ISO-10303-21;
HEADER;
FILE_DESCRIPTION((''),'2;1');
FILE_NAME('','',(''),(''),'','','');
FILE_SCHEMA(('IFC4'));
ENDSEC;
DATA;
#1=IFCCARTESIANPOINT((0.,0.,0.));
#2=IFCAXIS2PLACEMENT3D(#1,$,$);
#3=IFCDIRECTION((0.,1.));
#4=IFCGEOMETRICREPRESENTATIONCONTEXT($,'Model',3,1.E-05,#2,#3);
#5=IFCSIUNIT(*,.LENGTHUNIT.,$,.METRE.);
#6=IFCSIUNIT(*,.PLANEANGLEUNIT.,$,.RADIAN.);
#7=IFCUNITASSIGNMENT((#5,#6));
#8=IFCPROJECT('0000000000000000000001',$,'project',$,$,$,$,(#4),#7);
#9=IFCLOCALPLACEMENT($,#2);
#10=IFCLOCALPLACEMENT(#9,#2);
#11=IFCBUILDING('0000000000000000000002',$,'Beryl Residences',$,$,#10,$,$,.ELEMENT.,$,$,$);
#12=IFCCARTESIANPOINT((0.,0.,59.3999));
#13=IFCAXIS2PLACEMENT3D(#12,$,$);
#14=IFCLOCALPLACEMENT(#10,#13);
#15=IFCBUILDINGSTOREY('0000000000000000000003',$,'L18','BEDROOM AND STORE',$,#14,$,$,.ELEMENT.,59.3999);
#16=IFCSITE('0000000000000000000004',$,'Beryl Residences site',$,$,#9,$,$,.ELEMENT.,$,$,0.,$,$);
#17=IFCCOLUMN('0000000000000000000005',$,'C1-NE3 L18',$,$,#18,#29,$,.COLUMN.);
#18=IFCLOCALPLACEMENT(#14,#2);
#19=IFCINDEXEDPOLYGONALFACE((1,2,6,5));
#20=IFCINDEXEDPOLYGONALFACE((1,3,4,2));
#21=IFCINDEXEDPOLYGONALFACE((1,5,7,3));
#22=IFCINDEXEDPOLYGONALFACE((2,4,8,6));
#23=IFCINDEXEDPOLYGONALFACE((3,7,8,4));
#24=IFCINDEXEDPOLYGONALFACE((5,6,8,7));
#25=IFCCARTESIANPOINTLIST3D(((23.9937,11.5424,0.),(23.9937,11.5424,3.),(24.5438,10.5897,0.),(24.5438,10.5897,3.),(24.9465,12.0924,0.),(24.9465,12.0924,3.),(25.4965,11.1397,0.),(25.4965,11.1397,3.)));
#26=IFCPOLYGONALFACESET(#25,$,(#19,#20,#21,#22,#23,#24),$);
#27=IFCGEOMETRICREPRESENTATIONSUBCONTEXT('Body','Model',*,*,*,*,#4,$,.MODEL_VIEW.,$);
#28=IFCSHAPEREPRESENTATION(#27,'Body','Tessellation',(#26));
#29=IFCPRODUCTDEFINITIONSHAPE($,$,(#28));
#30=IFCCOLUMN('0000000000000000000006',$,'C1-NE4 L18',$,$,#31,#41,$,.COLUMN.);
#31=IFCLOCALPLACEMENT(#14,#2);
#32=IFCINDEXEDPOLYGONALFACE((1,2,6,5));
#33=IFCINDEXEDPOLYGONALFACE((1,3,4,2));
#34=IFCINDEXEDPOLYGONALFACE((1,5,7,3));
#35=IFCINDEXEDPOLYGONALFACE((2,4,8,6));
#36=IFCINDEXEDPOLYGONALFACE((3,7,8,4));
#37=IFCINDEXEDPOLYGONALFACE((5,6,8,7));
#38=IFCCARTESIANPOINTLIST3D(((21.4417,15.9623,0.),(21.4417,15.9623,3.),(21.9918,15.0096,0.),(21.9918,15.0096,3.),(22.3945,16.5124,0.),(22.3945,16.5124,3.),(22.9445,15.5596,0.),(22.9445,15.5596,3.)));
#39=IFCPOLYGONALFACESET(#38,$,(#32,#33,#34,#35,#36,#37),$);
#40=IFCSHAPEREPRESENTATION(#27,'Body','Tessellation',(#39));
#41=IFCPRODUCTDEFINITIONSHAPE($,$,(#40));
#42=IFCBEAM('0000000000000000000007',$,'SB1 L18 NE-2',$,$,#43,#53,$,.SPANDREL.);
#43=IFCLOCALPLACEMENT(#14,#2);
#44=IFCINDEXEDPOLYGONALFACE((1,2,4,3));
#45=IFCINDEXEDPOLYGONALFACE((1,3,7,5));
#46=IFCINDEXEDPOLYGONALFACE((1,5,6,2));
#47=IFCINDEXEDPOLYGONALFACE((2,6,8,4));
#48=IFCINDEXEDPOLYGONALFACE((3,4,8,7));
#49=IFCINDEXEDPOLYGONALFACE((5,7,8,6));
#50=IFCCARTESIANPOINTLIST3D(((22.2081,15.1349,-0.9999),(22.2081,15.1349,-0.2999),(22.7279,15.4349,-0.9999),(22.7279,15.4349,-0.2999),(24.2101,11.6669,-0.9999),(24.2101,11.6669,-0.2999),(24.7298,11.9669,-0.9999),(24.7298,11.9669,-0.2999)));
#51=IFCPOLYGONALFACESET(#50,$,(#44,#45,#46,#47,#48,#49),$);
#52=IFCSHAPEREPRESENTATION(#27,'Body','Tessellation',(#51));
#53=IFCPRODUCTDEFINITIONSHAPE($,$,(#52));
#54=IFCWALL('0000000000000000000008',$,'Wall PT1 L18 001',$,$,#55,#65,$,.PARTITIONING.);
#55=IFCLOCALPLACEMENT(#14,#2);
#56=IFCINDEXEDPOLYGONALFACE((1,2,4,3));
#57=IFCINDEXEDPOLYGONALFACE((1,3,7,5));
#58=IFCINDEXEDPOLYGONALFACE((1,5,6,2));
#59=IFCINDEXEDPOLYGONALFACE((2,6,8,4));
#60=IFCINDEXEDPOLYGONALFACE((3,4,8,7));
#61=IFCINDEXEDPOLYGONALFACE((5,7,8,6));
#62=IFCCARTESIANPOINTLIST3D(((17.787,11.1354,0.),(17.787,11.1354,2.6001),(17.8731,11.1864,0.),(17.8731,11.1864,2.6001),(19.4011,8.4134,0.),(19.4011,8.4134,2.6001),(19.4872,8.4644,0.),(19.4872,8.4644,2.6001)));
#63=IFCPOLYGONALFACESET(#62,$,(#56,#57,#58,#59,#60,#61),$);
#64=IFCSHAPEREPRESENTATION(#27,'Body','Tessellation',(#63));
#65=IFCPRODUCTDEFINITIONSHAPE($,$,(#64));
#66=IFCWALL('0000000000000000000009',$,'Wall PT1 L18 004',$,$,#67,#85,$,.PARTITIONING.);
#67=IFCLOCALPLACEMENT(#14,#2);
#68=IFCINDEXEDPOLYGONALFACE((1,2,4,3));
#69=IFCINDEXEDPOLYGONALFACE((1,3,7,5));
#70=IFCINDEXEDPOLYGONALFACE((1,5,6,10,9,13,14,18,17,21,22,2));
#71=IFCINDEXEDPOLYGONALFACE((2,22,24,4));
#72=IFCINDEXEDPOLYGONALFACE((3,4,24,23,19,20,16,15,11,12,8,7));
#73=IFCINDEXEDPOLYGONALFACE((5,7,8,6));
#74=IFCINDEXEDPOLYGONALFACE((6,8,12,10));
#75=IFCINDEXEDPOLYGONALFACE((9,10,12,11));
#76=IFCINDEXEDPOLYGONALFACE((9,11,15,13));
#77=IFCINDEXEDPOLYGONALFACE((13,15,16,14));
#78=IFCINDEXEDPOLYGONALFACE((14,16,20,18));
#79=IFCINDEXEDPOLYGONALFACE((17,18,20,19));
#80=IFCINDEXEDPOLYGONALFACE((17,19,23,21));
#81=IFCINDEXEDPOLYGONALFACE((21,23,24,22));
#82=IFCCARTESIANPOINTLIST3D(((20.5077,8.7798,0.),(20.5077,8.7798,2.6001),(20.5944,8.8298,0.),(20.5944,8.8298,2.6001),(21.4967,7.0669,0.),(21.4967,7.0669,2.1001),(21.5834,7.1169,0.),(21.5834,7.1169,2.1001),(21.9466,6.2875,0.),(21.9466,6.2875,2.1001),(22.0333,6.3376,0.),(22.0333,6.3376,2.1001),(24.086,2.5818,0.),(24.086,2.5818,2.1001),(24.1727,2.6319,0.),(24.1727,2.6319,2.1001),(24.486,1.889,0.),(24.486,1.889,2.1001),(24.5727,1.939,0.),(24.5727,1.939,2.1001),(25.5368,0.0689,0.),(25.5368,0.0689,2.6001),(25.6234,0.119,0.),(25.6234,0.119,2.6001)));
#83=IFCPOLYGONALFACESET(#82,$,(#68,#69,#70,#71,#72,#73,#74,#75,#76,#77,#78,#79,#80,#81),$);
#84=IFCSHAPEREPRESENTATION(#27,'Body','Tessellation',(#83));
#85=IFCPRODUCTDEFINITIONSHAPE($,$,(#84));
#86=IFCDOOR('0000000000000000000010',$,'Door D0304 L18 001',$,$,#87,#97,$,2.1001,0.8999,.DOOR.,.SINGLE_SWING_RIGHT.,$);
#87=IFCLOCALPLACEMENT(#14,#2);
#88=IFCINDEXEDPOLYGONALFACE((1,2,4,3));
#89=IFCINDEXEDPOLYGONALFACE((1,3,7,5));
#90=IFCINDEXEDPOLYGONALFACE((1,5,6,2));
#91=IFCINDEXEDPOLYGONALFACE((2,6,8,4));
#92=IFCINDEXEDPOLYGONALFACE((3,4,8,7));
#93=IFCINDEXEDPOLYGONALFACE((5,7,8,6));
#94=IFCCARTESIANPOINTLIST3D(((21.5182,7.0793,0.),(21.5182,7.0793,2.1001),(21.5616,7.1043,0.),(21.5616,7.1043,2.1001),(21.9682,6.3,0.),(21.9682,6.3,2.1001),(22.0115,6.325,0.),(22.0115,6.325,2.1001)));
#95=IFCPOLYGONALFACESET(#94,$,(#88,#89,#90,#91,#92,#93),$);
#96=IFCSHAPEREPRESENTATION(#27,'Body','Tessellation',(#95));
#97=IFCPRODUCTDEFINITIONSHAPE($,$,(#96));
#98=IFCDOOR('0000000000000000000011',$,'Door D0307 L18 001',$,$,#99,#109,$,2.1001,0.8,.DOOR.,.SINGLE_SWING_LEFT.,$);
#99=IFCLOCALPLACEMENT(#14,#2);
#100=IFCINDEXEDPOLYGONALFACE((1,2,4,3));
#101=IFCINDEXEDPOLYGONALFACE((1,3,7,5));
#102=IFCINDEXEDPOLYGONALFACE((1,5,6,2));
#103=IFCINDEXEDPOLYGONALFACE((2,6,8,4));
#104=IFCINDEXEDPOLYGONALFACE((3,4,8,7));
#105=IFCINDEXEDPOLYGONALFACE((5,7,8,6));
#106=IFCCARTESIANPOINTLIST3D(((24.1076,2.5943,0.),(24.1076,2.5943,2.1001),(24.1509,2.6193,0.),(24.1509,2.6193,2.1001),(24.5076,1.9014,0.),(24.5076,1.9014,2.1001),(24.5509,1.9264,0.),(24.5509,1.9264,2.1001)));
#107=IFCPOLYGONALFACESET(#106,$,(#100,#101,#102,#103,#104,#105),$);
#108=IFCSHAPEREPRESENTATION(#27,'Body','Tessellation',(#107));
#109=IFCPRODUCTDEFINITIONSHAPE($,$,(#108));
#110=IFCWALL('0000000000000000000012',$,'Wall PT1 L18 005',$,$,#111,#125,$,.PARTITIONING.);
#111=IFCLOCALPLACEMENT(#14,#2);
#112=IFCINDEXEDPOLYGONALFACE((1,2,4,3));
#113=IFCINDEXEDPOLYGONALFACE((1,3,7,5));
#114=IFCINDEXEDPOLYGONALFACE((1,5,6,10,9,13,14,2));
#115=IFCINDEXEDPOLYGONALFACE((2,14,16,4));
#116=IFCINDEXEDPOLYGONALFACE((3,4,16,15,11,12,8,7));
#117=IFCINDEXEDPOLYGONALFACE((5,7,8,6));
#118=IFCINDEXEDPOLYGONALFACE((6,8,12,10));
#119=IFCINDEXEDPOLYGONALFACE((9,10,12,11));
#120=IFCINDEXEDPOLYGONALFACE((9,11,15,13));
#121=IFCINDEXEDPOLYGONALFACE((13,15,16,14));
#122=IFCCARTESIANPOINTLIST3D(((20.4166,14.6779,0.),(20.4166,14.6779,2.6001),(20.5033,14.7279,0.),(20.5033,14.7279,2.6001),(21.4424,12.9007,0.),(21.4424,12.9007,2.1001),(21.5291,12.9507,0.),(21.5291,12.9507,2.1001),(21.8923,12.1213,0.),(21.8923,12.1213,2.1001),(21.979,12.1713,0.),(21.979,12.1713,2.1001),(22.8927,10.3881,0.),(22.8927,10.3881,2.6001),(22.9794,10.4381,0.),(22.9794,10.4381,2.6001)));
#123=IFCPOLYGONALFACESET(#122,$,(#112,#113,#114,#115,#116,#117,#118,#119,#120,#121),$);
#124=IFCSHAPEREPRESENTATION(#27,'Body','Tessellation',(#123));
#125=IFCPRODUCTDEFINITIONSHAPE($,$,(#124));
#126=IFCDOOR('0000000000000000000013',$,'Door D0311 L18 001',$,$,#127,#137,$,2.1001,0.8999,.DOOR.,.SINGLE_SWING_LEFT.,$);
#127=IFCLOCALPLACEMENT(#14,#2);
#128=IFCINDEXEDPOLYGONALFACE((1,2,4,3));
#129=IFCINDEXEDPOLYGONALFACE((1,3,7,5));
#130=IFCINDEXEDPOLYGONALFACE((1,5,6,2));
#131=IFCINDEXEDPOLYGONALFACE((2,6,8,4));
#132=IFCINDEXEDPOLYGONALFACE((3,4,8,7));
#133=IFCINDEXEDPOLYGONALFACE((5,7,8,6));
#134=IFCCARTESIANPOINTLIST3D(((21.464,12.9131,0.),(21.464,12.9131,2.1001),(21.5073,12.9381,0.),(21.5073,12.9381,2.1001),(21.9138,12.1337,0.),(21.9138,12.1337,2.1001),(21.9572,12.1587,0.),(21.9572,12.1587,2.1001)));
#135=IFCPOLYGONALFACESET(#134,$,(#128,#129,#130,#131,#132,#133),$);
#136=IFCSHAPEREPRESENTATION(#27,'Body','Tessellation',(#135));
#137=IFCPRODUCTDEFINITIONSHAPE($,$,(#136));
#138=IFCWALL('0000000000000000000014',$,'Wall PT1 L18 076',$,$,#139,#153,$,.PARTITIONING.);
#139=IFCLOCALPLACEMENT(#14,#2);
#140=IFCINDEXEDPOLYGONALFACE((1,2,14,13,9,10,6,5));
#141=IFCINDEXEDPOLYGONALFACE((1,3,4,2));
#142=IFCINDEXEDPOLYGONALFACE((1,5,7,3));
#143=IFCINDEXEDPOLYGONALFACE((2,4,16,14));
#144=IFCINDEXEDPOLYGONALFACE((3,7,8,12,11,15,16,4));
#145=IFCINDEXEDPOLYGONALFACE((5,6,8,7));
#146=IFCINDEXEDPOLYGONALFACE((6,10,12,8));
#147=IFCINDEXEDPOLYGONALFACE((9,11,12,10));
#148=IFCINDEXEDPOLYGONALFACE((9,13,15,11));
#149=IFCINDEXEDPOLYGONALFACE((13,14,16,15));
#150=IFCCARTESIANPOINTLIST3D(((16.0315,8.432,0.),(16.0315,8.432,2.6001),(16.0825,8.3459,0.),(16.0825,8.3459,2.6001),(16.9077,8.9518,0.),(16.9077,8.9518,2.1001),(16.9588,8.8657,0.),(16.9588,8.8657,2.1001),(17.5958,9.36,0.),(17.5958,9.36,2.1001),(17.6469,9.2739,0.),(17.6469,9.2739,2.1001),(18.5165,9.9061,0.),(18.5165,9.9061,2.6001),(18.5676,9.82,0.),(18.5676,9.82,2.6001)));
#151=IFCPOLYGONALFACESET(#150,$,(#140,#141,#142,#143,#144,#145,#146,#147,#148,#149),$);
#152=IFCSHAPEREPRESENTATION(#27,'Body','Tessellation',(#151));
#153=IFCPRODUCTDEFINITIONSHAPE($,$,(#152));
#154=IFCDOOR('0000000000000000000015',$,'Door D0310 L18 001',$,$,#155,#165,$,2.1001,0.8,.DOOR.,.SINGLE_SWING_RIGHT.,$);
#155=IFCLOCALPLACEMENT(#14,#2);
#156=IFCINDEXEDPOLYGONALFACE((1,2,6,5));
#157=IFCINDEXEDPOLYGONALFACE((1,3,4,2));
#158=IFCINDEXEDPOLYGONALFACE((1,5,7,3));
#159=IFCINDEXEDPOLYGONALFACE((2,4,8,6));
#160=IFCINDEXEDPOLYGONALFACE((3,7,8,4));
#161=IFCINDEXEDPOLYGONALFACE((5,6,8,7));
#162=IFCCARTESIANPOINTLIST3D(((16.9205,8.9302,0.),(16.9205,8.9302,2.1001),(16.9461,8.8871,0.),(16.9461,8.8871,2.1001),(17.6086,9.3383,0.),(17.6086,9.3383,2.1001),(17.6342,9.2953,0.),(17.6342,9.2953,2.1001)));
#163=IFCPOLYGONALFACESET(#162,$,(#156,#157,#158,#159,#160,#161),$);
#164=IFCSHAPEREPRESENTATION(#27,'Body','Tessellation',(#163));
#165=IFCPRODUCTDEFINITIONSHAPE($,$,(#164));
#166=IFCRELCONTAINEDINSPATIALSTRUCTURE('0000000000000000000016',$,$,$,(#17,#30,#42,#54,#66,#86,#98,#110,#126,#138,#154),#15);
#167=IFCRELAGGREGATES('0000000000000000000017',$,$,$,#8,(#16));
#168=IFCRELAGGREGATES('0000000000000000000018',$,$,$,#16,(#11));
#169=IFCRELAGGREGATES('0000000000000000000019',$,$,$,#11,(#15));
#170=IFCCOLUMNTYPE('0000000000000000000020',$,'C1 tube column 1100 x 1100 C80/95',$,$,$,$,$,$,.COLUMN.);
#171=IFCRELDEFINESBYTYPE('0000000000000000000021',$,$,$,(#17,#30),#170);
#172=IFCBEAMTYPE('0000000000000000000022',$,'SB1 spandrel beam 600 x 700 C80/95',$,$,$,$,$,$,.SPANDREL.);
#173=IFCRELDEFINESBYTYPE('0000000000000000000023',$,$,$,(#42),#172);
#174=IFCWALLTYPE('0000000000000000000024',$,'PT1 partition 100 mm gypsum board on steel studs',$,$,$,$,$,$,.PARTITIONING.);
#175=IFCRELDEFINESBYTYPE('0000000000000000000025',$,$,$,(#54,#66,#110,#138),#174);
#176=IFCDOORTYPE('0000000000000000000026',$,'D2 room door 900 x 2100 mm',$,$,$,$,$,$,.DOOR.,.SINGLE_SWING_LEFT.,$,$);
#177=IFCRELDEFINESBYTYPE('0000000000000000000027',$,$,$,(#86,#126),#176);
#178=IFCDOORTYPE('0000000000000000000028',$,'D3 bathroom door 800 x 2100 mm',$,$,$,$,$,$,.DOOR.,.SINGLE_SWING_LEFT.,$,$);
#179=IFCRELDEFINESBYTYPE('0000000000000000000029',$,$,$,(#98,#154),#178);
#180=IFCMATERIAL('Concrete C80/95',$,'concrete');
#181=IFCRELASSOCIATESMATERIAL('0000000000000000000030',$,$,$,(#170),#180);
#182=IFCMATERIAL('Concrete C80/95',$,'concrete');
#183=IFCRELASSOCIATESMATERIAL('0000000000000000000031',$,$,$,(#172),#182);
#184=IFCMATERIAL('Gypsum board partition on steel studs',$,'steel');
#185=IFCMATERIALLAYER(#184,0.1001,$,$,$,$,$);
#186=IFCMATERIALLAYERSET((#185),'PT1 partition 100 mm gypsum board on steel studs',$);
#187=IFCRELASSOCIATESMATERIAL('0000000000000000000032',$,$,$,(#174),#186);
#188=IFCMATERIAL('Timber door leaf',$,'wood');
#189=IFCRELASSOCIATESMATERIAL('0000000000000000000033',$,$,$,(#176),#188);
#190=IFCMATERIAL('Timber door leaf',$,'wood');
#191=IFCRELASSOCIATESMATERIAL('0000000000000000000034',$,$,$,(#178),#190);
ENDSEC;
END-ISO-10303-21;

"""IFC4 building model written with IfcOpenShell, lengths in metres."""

from ifc_helpers import new_model, si_unit, direction, frame, frame_2d, origin, origin_2d, place, context, subcontext, project, spatial, rectangle, extrude, material, layer, layer_set, material_profile, profile_set, type_object, element, fill, save


model = new_model("IFC4")

# Units and contexts
model_context = context("Model", 3, precision=1e-05, world=origin(), true_north=direction((0.0, 1.0)))
body_context = subcontext(model_context, "Body", "Model", "MODEL_VIEW")
ifc_project = project(units=[si_unit("LENGTHUNIT", "METRE"), si_unit("PLANEANGLEUNIT", "RADIAN")], contexts=[model_context])

# Site, building, storey
site_placement = place(None, origin())
site = spatial("IfcSite", under=ifc_project, at=site_placement, Name="Beryl Residences site", CompositionType="ELEMENT", RefElevation=0.0)
building_placement = place(site_placement, origin())
building = spatial("IfcBuilding", under=site, at=building_placement, Name="Beryl Residences", CompositionType="ELEMENT")
storey_placement = place(building_placement, frame((0.0, 0.0, 59.3999)))
storey = spatial("IfcBuildingStorey", under=building, at=storey_placement, Name="L18", Description="BEDROOM AND STORE", CompositionType="ELEMENT", Elevation=59.3999)

# Columns
ifc_material_1 = material(Name="Concrete C80/95", Category="concrete")
ifc_material_profile_1 = material_profile(ifc_material_1, rectangle(XDim=1.1001, YDim=1.1001, at=origin_2d()))
ifc_profile_set_1 = profile_set([ifc_material_profile_1], Name="Concrete C80/95")
column_type = type_object("IfcColumnType", Name="C1 tube column 1100 x 1100 C80/95", PredefinedType="COLUMN", material=ifc_profile_set_1)
for number, where, z_axis, x_axis, name in (
    (1, (24.7451, 11.3411, 0.0), (0.0, 0.0, 1.0), (-0.499985, 0.866034, 0.0), "C1-NE3 L18"),
    (2, (22.1931, 15.761, 0.0), (0.0, 0.0, 1.0), (-0.499985, 0.866034, 0.0), "C1-NE4 L18"),
):
    element("IfcColumn", number, at=place(storey_placement, frame(where, z_axis=z_axis, x_axis=x_axis)), inside=storey, type_object=column_type, Name=name, PredefinedType="COLUMN", context=body_context, shape_type="SweptSolid", body=[
        extrude(rectangle(XDim=1.1001, YDim=1.1001, at=origin_2d()), origin(), (0.0, 0.0, 1.0), 3.0),
    ])

# Beam
ifc_material_2 = material(Name="Concrete C80/95", Category="concrete")
ifc_material_profile_2 = material_profile(ifc_material_2, rectangle(XDim=0.6001, YDim=0.7, at=origin_2d()))
ifc_profile_set_2 = profile_set([ifc_material_profile_2], Name="Concrete C80/95")
beam_type = type_object("IfcBeamType", Name="SB1 spandrel beam 600 x 700 C80/95", PredefinedType="SPANDREL", material=ifc_profile_set_2)
beam_placement = place(storey_placement, frame((24.47, 11.8169, -0.6499), z_axis=(-0.499942, 0.866059, 0.0), x_axis=(-0.866059, -0.499942, 0.0)))
element("IfcBeam", 3, at=beam_placement, inside=storey, type_object=beam_type, Name="SB1 L18 NE-2", PredefinedType="SPANDREL", context=body_context, shape_type="SweptSolid", body=[
    extrude(rectangle(XDim=0.6001, YDim=0.7, at=origin_2d()), origin(), (0.0, 0.0, 1.0), 4.0044),
])

# Wall
ifc_material_3 = material(Name="Gypsum board partition on steel studs", Category="steel")
ifc_layer = layer(ifc_material_3, 0.1001)
ifc_layer_set = layer_set([ifc_layer], Name="PT1 partition 100 mm gypsum board on steel studs")
wall_type = type_object("IfcWallType", Name="PT1 partition 100 mm gypsum board on steel studs", PredefinedType="PARTITIONING", material=ifc_layer_set)
wall_1_placement = place(storey_placement, frame((17.8301, 11.1609, 0.0), z_axis=(0.0, 0.0, 1.0), x_axis=(0.510041, -0.86015, 0.0)))
element("IfcWall", 4, at=wall_1_placement, inside=storey, type_object=wall_type, Name="Wall PT1 L18 001", PredefinedType="PARTITIONING", context=body_context, shape_type="SweptSolid", body=[
    extrude(rectangle(XDim=3.1646, YDim=0.1001, at=frame_2d((1.5823, 0.0))), origin(), (0.0, 0.0, 1.0), 2.6001),
])

# Wall, openings, doors
wall_2_placement = place(storey_placement, frame((20.551, 8.8049, 0.0), z_axis=(0.0, 0.0, 1.0), x_axis=(0.499984, -0.866034, 0.0)))
wall_2 = element("IfcWall", 5, at=wall_2_placement, inside=storey, type_object=wall_type, Name="Wall PT1 L18 004", PredefinedType="PARTITIONING", context=body_context, shape_type="SweptSolid", body=[
    extrude(rectangle(XDim=10.0583, YDim=0.1001, at=frame_2d((5.0293, 0.0))), origin(), (0.0, 0.0, 1.0), 2.6001),
])
opening_1_placement = place(wall_2_placement, frame((1.978, 0.0, 0.0)))
opening_1 = element("IfcOpeningElement", 6, at=opening_1_placement, cuts=wall_2, PredefinedType="OPENING", context=body_context, shape_type="SweptSolid", body=[
    extrude(rectangle(XDim=0.8999, YDim=2.1001, at=frame_2d((0.45, 1.05))), frame((0.0, 0.0601, 0.0), z_axis=(0.0, -1.0, 0.0), x_axis=(1.0, 0.0, 0.0)), (0.0, 0.0, 1.0), 0.1201),
])
opening_2_placement = place(wall_2_placement, frame((7.157, 0.0, 0.0)))
opening_2 = element("IfcOpeningElement", 7, at=opening_2_placement, cuts=wall_2, PredefinedType="OPENING", context=body_context, shape_type="SweptSolid", body=[
    extrude(rectangle(XDim=0.8, YDim=2.1001, at=frame_2d((0.3999, 1.05))), frame((0.0, 0.0601, 0.0), z_axis=(0.0, -1.0, 0.0), x_axis=(1.0, 0.0, 0.0)), (0.0, 0.0, 1.0), 0.1201),
])
ifc_material_4 = material(Name="Timber door leaf", Category="wood")
door_type_1 = type_object("IfcDoorType", Name="D2 room door 900 x 2100 mm", OperationType="SINGLE_SWING_LEFT", PredefinedType="DOOR", material=ifc_material_4)
door_1_placement = place(opening_1_placement, origin())
door_1 = element("IfcDoor", 8, at=door_1_placement, inside=storey, type_object=door_type_1, Name="Door D0304 L18 001", OperationType="SINGLE_SWING_RIGHT", OverallHeight=2.1001, OverallWidth=0.8999, PredefinedType="DOOR", context=body_context, shape_type="SweptSolid", body=[
    extrude(rectangle(XDim=0.8999, YDim=2.1001, at=frame_2d((0.45, 1.05))), frame((0.0, 0.0249, 0.0), z_axis=(0.0, -1.0, 0.0), x_axis=(1.0, 0.0, 0.0)), (0.0, 0.0, 1.0), 0.05),
])
fill(opening_1, door_1)
ifc_material_5 = material(Name="Timber door leaf", Category="wood")
door_type_2 = type_object("IfcDoorType", Name="D3 bathroom door 800 x 2100 mm", OperationType="SINGLE_SWING_LEFT", PredefinedType="DOOR", material=ifc_material_5)
door_2_placement = place(opening_2_placement, origin())
door_2 = element("IfcDoor", 9, at=door_2_placement, inside=storey, type_object=door_type_2, Name="Door D0307 L18 001", OperationType="SINGLE_SWING_LEFT", OverallHeight=2.1001, OverallWidth=0.8, PredefinedType="DOOR", context=body_context, shape_type="SweptSolid", body=[
    extrude(rectangle(XDim=0.8, YDim=2.1001, at=frame_2d((0.3999, 1.05))), frame((0.0, 0.0249, 0.0), z_axis=(0.0, -1.0, 0.0), x_axis=(1.0, 0.0, 0.0)), (0.0, 0.0, 1.0), 0.05),
])
fill(opening_2, door_2)

# Walls, openings, doors
wall_3_placement = place(storey_placement, frame((20.46, 14.7029, 0.0), z_axis=(0.0, 0.0, 1.0), x_axis=(0.499903, -0.866081, 0.0)))
wall_3 = element("IfcWall", 10, at=wall_3_placement, inside=storey, type_object=wall_type, Name="Wall PT1 L18 005", PredefinedType="PARTITIONING", context=body_context, shape_type="SweptSolid", body=[
    extrude(rectangle(XDim=4.9531, YDim=0.1001, at=frame_2d((2.4766, 0.0))), origin(), (0.0, 0.0, 1.0), 2.6001),
])
opening_3_placement = place(wall_3_placement, frame((2.052, 0.0, 0.0)))
opening_3 = element("IfcOpeningElement", 11, at=opening_3_placement, cuts=wall_3, PredefinedType="OPENING", context=body_context, shape_type="SweptSolid", body=[
    extrude(rectangle(XDim=0.8999, YDim=2.1001, at=frame_2d((0.45, 1.05))), frame((0.0, 0.0601, 0.0), z_axis=(0.0, -1.0, 0.0), x_axis=(1.0, 0.0, 0.0)), (0.0, 0.0, 1.0), 0.1201),
])
door_3_placement = place(opening_3_placement, origin())
door_3 = element("IfcDoor", 12, at=door_3_placement, inside=storey, type_object=door_type_1, Name="Door D0311 L18 001", OperationType="SINGLE_SWING_LEFT", OverallHeight=2.1001, OverallWidth=0.8999, PredefinedType="DOOR", context=body_context, shape_type="SweptSolid", body=[
    extrude(rectangle(XDim=0.8999, YDim=2.1001, at=frame_2d((0.45, 1.05))), frame((0.0, 0.0249, 0.0), z_axis=(0.0, -1.0, 0.0), x_axis=(1.0, 0.0, 0.0)), (0.0, 0.0, 1.0), 0.05),
])
fill(opening_3, door_3)
wall_4_placement = place(storey_placement, frame((16.0569, 8.3889, 0.0), z_axis=(0.0, 0.0, 1.0), x_axis=(0.860069, 0.510178, 0.0)))
wall_4 = element("IfcWall", 13, at=wall_4_placement, inside=storey, type_object=wall_type, Name="Wall PT1 L18 076", PredefinedType="PARTITIONING", context=body_context, shape_type="SweptSolid", body=[
    extrude(rectangle(XDim=2.8894, YDim=0.1001, at=frame_2d((1.4448, 0.0))), origin(), (0.0, 0.0, 1.0), 2.6001),
])
opening_4_placement = place(wall_4_placement, frame((1.019, 0.0, 0.0)))
opening_4 = element("IfcOpeningElement", 14, at=opening_4_placement, cuts=wall_4, PredefinedType="OPENING", context=body_context, shape_type="SweptSolid", body=[
    extrude(rectangle(XDim=0.8, YDim=2.1001, at=frame_2d((0.3999, 1.05))), frame((0.0, 0.0601, 0.0), z_axis=(0.0, -1.0, 0.0), x_axis=(1.0, 0.0, 0.0)), (0.0, 0.0, 1.0), 0.1201),
])
door_4_placement = place(opening_4_placement, origin())
door_4 = element("IfcDoor", 15, at=door_4_placement, inside=storey, type_object=door_type_2, Name="Door D0310 L18 001", OperationType="SINGLE_SWING_RIGHT", OverallHeight=2.1001, OverallWidth=0.8, PredefinedType="DOOR", context=body_context, shape_type="SweptSolid", body=[
    extrude(rectangle(XDim=0.8, YDim=2.1001, at=frame_2d((0.3999, 1.05))), frame((0.0, 0.0249, 0.0), z_axis=(0.0, -1.0, 0.0), x_axis=(1.0, 0.0, 0.0)), (0.0, 0.0, 1.0), 0.05),
])
fill(opening_4, door_4)

save(model, "model.ifc")
